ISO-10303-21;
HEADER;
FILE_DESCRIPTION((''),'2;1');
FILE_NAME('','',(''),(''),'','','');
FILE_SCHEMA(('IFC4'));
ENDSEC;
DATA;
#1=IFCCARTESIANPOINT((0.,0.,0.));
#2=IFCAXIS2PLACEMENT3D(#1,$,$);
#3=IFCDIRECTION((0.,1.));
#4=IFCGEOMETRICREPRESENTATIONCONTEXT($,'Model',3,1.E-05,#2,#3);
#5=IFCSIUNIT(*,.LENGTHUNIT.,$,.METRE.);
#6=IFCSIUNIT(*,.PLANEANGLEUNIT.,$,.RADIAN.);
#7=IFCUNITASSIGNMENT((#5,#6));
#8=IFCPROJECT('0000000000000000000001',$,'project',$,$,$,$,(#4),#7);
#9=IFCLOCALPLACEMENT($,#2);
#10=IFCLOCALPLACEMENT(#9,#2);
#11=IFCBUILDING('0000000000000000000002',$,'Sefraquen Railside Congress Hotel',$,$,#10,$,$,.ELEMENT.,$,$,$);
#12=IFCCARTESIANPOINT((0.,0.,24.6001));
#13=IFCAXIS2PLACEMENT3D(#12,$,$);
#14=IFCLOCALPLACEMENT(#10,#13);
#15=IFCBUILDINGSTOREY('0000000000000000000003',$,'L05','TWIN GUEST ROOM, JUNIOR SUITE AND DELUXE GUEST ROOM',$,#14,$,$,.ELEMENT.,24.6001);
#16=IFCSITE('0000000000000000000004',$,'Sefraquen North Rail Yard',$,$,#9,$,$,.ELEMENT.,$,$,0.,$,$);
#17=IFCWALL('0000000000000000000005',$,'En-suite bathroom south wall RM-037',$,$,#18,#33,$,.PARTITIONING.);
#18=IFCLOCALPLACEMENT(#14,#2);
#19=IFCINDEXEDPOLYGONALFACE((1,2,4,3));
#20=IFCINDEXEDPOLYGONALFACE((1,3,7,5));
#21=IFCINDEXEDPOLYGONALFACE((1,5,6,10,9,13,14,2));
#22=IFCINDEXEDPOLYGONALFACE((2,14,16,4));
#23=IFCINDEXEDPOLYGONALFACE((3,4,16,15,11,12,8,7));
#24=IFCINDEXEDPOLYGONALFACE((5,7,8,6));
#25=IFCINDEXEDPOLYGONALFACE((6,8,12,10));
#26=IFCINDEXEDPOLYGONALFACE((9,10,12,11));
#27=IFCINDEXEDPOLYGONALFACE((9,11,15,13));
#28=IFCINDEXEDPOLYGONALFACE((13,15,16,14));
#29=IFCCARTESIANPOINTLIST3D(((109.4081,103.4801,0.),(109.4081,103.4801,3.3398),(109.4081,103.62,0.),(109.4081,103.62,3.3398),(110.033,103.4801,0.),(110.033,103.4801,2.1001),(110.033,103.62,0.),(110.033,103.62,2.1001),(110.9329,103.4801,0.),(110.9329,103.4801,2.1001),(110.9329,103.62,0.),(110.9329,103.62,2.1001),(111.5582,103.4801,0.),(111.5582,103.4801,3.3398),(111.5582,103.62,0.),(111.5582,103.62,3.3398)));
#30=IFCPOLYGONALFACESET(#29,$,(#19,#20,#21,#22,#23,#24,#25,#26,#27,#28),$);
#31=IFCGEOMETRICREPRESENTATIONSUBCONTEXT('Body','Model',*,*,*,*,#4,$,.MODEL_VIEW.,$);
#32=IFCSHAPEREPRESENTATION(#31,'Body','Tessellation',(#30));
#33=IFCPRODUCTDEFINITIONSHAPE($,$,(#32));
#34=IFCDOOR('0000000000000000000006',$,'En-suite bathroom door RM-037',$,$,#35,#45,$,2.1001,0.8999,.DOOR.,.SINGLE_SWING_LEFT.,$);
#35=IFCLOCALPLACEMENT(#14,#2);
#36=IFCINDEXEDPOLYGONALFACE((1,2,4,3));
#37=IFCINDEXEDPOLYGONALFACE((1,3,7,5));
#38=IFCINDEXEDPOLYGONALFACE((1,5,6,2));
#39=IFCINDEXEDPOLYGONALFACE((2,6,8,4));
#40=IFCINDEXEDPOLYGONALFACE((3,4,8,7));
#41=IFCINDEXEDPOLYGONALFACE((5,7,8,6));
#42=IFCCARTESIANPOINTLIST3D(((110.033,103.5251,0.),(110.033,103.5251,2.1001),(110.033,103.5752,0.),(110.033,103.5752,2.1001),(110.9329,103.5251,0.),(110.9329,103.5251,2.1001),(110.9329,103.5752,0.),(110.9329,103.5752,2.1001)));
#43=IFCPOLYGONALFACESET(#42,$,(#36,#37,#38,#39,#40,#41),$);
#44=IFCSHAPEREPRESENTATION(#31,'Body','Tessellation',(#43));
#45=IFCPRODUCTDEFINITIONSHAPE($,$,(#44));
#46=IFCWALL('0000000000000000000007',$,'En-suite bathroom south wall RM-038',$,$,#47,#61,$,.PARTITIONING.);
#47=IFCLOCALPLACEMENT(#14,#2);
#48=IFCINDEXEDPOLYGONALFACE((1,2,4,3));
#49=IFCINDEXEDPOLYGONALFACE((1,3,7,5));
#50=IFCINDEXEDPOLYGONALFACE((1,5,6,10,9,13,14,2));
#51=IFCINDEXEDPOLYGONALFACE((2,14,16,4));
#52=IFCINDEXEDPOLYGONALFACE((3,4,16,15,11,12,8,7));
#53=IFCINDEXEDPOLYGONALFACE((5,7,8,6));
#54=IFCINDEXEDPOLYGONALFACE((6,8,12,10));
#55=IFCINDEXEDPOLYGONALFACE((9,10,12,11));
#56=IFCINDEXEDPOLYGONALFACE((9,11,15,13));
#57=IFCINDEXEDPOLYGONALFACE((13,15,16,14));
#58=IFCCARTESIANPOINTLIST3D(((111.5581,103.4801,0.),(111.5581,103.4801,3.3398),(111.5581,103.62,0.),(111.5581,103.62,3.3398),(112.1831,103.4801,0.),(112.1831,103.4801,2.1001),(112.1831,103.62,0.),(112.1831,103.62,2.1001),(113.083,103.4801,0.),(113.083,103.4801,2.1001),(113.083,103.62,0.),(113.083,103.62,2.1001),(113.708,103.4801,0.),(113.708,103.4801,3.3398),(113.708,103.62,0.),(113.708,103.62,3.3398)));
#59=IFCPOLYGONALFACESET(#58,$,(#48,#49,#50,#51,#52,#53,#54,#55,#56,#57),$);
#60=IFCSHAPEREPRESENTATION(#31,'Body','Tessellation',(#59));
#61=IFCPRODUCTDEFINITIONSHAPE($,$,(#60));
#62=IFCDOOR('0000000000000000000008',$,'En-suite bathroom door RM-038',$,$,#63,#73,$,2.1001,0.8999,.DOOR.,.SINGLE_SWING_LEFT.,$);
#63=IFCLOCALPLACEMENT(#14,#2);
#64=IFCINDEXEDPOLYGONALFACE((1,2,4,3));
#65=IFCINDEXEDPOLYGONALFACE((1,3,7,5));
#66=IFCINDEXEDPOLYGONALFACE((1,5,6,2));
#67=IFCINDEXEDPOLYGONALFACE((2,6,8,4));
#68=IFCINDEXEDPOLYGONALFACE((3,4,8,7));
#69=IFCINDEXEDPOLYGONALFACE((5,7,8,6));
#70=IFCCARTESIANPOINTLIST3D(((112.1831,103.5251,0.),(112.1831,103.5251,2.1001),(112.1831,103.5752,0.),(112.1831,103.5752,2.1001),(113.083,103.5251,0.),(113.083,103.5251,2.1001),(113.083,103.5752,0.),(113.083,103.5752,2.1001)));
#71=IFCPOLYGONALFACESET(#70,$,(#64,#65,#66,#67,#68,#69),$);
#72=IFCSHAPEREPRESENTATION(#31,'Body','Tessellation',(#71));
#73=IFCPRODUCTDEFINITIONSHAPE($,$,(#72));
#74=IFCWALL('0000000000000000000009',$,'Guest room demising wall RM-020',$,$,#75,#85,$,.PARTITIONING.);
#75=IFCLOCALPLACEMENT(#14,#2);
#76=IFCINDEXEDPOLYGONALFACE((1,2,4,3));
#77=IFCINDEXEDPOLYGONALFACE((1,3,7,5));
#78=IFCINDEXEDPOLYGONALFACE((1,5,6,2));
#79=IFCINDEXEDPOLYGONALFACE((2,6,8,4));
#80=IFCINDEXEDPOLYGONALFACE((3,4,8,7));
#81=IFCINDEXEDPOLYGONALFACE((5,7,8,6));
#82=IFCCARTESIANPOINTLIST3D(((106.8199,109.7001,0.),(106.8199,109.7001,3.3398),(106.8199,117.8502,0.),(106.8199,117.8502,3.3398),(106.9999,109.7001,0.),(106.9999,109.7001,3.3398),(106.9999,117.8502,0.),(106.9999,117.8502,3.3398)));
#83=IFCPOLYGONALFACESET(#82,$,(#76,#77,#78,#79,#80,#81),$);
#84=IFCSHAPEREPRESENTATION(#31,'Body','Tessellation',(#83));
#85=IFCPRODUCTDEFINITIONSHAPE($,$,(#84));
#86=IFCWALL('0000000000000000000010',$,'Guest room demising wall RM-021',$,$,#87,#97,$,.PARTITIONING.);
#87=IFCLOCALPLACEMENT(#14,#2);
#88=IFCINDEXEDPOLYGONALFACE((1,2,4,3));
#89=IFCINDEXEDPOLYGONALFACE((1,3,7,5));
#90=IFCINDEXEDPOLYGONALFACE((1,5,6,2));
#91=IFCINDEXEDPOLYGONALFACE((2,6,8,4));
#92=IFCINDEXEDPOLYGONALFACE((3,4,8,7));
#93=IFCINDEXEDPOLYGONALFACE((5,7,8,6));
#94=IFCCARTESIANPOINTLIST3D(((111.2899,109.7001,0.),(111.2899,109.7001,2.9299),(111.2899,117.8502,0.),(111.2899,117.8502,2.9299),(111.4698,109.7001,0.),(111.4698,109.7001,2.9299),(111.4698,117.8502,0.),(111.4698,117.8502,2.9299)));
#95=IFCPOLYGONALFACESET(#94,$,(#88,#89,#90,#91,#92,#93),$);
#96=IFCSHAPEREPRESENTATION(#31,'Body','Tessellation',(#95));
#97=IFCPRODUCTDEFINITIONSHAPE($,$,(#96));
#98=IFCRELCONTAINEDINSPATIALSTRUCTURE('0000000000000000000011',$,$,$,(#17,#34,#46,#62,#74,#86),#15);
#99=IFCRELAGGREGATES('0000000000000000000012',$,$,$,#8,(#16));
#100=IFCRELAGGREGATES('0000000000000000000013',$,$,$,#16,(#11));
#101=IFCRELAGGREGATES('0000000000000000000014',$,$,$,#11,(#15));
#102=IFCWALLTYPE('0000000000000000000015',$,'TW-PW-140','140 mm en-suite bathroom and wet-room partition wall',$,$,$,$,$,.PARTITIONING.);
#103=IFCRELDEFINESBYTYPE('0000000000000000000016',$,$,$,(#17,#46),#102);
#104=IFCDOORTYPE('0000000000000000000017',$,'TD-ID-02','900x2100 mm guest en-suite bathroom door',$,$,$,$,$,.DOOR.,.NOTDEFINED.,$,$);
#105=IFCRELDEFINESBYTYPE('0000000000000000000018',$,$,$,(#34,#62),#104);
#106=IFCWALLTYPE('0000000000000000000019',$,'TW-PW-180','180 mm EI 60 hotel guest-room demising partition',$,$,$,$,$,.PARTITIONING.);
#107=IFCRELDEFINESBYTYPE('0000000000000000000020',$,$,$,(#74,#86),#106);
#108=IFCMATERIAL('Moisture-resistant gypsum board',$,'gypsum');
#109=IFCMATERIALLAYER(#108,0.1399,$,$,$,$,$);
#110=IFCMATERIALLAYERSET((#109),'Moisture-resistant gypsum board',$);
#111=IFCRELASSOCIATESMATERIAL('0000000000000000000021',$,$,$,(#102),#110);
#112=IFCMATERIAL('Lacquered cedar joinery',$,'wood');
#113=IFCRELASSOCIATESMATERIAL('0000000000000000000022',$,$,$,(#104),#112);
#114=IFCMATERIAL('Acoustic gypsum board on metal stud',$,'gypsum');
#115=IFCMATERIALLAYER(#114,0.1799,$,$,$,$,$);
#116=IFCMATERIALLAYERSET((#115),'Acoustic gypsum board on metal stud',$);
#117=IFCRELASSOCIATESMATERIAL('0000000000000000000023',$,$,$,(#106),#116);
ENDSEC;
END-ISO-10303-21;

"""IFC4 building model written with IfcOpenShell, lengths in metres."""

from ifc_helpers import new_model, si_unit, direction, frame, frame_2d, origin, place, context, subcontext, project, spatial, rectangle, extrude, material, layer, layer_set, type_object, element, fill, save


model = new_model("IFC4")

# Units and contexts
model_context = context("Model", 3, precision=1e-05, world=origin(), true_north=direction((0.0, 1.0)))
body_context = subcontext(model_context, "Body", "Model", "MODEL_VIEW")
ifc_project = project(units=[si_unit("LENGTHUNIT", "METRE"), si_unit("PLANEANGLEUNIT", "RADIAN")], contexts=[model_context])

# Site, building, storey
site_placement = place(None, origin())
site = spatial("IfcSite", under=ifc_project, at=site_placement, Name="Sefraquen North Rail Yard", CompositionType="ELEMENT", RefElevation=0.0)
building_placement = place(site_placement, origin())
building = spatial("IfcBuilding", under=site, at=building_placement, Name="Sefraquen Railside Congress Hotel", CompositionType="ELEMENT")
storey_placement = place(building_placement, frame((0.0, 0.0, 24.6001)))
storey = spatial("IfcBuildingStorey", under=building, at=storey_placement, Name="L05", Description="TWIN GUEST ROOM, JUNIOR SUITE AND DELUXE GUEST ROOM", CompositionType="ELEMENT", Elevation=24.6001)

# Shared definitions
ifc_material_1 = material(Name="Moisture-resistant gypsum board", Category="gypsum")
ifc_layer_1 = layer(ifc_material_1, 0.1399)
ifc_layer_set_1 = layer_set([ifc_layer_1], Name="Moisture-resistant gypsum board")
wall_type_1 = type_object("IfcWallType", Name="TW-PW-140", Description="140 mm en-suite bathroom and wet-room partition wall", PredefinedType="PARTITIONING", material=ifc_layer_set_1)

# Shared definitions
ifc_material_2 = material(Name="Lacquered cedar joinery", Category="wood")
door_type = type_object("IfcDoorType", Name="TD-ID-02", Description="900x2100 mm guest en-suite bathroom door", OperationType="NOTDEFINED", PredefinedType="DOOR", material=ifc_material_2)

# Walls, openings, doors
wall_1_placement = place(storey_placement, frame((109.408, 103.55, 0.0), z_axis=(0.0, 0.0, 1.0), x_axis=(1.0, 0.0, 0.0)))
wall_1 = element("IfcWall", 1, at=wall_1_placement, inside=storey, type_object=wall_type_1, Name="En-suite bathroom south wall RM-037", PredefinedType="PARTITIONING", context=body_context, shape_type="SweptSolid", body=[
    extrude(rectangle(XDim=2.1501, YDim=0.1399, at=frame_2d((1.0752, 0.0))), origin(), (0.0, 0.0, 1.0), 3.3398),
])
opening_1_placement = place(wall_1_placement, frame((0.625, 0.0, 0.0)))
opening_1 = element("IfcOpeningElement", 2, at=opening_1_placement, cuts=wall_1, PredefinedType="OPENING", context=body_context, shape_type="SweptSolid", body=[
    extrude(rectangle(XDim=0.8999, YDim=2.1001, at=frame_2d((0.45, 1.05))), frame((0.0, 0.0798, 0.0), z_axis=(0.0, -1.0, 0.0), x_axis=(1.0, 0.0, 0.0)), (0.0, 0.0, 1.0), 0.1599),
])
door_1_placement = place(opening_1_placement, frame((0.8999, 0.0, 0.0), z_axis=(0.0, 0.0, 1.0), x_axis=(-1.0, 0.0, 0.0)))
door_1 = element("IfcDoor", 3, at=door_1_placement, inside=storey, type_object=door_type, Name="En-suite bathroom door RM-037", OperationType="SINGLE_SWING_LEFT", OverallHeight=2.1001, OverallWidth=0.8999, PredefinedType="DOOR", context=body_context, shape_type="SweptSolid", body=[
    extrude(rectangle(XDim=0.8999, YDim=2.1001, at=frame_2d((0.45, 1.05))), frame((0.0, 0.0249, 0.0), z_axis=(0.0, -1.0, 0.0), x_axis=(1.0, 0.0, 0.0)), (0.0, 0.0, 1.0), 0.05),
])
fill(opening_1, door_1)
wall_2_placement = place(storey_placement, frame((111.5581, 103.55, 0.0), z_axis=(0.0, 0.0, 1.0), x_axis=(1.0, 0.0, 0.0)))
wall_2 = element("IfcWall", 4, at=wall_2_placement, inside=storey, type_object=wall_type_1, Name="En-suite bathroom south wall RM-038", PredefinedType="PARTITIONING", context=body_context, shape_type="SweptSolid", body=[
    extrude(rectangle(XDim=2.1499, YDim=0.1399, at=frame_2d((1.075, 0.0))), origin(), (0.0, 0.0, 1.0), 3.3398),
])
opening_2_placement = place(wall_2_placement, frame((0.625, 0.0, 0.0)))
opening_2 = element("IfcOpeningElement", 5, at=opening_2_placement, cuts=wall_2, PredefinedType="OPENING", context=body_context, shape_type="SweptSolid", body=[
    extrude(rectangle(XDim=0.8999, YDim=2.1001, at=frame_2d((0.45, 1.05))), frame((0.0, 0.0798, 0.0), z_axis=(0.0, -1.0, 0.0), x_axis=(1.0, 0.0, 0.0)), (0.0, 0.0, 1.0), 0.1599),
])
door_2_placement = place(opening_2_placement, frame((0.8999, 0.0, 0.0), z_axis=(0.0, 0.0, 1.0), x_axis=(-1.0, 0.0, 0.0)))
door_2 = element("IfcDoor", 6, at=door_2_placement, inside=storey, type_object=door_type, Name="En-suite bathroom door RM-038", OperationType="SINGLE_SWING_LEFT", OverallHeight=2.1001, OverallWidth=0.8999, PredefinedType="DOOR", context=body_context, shape_type="SweptSolid", body=[
    extrude(rectangle(XDim=0.8999, YDim=2.1001, at=frame_2d((0.45, 1.05))), frame((0.0, 0.0249, 0.0), z_axis=(0.0, -1.0, 0.0), x_axis=(1.0, 0.0, 0.0)), (0.0, 0.0, 1.0), 0.05),
])
fill(opening_2, door_2)

# Walls
ifc_material_3 = material(Name="Acoustic gypsum board on metal stud", Category="gypsum")
ifc_layer_2 = layer(ifc_material_3, 0.1799)
ifc_layer_set_2 = layer_set([ifc_layer_2], Name="Acoustic gypsum board on metal stud")
wall_type_2 = type_object("IfcWallType", Name="TW-PW-180", Description="180 mm EI 60 hotel guest-room demising partition", PredefinedType="PARTITIONING", material=ifc_layer_set_2)
wall_3_placement = place(storey_placement, frame((106.9099, 109.7, 0.0), z_axis=(0.0, 0.0, 1.0), x_axis=(0.0, 1.0, 0.0)))
element("IfcWall", 7, at=wall_3_placement, inside=storey, type_object=wall_type_2, Name="Guest room demising wall RM-020", PredefinedType="PARTITIONING", context=body_context, shape_type="SweptSolid", body=[
    extrude(rectangle(XDim=8.1501, YDim=0.1799, at=frame_2d((4.0752, 0.0))), origin(), (0.0, 0.0, 1.0), 3.3398),
])
wall_4_placement = place(storey_placement, frame((111.3799, 109.7, 0.0), z_axis=(0.0, 0.0, 1.0), x_axis=(0.0, 1.0, 0.0)))
element("IfcWall", 8, at=wall_4_placement, inside=storey, type_object=wall_type_2, Name="Guest room demising wall RM-021", PredefinedType="PARTITIONING", context=body_context, shape_type="SweptSolid", body=[
    extrude(rectangle(XDim=8.1501, YDim=0.1799, at=frame_2d((4.0752, 0.0))), origin(), (0.0, 0.0, 1.0), 2.9299),
])

save(model, "model.ifc")
